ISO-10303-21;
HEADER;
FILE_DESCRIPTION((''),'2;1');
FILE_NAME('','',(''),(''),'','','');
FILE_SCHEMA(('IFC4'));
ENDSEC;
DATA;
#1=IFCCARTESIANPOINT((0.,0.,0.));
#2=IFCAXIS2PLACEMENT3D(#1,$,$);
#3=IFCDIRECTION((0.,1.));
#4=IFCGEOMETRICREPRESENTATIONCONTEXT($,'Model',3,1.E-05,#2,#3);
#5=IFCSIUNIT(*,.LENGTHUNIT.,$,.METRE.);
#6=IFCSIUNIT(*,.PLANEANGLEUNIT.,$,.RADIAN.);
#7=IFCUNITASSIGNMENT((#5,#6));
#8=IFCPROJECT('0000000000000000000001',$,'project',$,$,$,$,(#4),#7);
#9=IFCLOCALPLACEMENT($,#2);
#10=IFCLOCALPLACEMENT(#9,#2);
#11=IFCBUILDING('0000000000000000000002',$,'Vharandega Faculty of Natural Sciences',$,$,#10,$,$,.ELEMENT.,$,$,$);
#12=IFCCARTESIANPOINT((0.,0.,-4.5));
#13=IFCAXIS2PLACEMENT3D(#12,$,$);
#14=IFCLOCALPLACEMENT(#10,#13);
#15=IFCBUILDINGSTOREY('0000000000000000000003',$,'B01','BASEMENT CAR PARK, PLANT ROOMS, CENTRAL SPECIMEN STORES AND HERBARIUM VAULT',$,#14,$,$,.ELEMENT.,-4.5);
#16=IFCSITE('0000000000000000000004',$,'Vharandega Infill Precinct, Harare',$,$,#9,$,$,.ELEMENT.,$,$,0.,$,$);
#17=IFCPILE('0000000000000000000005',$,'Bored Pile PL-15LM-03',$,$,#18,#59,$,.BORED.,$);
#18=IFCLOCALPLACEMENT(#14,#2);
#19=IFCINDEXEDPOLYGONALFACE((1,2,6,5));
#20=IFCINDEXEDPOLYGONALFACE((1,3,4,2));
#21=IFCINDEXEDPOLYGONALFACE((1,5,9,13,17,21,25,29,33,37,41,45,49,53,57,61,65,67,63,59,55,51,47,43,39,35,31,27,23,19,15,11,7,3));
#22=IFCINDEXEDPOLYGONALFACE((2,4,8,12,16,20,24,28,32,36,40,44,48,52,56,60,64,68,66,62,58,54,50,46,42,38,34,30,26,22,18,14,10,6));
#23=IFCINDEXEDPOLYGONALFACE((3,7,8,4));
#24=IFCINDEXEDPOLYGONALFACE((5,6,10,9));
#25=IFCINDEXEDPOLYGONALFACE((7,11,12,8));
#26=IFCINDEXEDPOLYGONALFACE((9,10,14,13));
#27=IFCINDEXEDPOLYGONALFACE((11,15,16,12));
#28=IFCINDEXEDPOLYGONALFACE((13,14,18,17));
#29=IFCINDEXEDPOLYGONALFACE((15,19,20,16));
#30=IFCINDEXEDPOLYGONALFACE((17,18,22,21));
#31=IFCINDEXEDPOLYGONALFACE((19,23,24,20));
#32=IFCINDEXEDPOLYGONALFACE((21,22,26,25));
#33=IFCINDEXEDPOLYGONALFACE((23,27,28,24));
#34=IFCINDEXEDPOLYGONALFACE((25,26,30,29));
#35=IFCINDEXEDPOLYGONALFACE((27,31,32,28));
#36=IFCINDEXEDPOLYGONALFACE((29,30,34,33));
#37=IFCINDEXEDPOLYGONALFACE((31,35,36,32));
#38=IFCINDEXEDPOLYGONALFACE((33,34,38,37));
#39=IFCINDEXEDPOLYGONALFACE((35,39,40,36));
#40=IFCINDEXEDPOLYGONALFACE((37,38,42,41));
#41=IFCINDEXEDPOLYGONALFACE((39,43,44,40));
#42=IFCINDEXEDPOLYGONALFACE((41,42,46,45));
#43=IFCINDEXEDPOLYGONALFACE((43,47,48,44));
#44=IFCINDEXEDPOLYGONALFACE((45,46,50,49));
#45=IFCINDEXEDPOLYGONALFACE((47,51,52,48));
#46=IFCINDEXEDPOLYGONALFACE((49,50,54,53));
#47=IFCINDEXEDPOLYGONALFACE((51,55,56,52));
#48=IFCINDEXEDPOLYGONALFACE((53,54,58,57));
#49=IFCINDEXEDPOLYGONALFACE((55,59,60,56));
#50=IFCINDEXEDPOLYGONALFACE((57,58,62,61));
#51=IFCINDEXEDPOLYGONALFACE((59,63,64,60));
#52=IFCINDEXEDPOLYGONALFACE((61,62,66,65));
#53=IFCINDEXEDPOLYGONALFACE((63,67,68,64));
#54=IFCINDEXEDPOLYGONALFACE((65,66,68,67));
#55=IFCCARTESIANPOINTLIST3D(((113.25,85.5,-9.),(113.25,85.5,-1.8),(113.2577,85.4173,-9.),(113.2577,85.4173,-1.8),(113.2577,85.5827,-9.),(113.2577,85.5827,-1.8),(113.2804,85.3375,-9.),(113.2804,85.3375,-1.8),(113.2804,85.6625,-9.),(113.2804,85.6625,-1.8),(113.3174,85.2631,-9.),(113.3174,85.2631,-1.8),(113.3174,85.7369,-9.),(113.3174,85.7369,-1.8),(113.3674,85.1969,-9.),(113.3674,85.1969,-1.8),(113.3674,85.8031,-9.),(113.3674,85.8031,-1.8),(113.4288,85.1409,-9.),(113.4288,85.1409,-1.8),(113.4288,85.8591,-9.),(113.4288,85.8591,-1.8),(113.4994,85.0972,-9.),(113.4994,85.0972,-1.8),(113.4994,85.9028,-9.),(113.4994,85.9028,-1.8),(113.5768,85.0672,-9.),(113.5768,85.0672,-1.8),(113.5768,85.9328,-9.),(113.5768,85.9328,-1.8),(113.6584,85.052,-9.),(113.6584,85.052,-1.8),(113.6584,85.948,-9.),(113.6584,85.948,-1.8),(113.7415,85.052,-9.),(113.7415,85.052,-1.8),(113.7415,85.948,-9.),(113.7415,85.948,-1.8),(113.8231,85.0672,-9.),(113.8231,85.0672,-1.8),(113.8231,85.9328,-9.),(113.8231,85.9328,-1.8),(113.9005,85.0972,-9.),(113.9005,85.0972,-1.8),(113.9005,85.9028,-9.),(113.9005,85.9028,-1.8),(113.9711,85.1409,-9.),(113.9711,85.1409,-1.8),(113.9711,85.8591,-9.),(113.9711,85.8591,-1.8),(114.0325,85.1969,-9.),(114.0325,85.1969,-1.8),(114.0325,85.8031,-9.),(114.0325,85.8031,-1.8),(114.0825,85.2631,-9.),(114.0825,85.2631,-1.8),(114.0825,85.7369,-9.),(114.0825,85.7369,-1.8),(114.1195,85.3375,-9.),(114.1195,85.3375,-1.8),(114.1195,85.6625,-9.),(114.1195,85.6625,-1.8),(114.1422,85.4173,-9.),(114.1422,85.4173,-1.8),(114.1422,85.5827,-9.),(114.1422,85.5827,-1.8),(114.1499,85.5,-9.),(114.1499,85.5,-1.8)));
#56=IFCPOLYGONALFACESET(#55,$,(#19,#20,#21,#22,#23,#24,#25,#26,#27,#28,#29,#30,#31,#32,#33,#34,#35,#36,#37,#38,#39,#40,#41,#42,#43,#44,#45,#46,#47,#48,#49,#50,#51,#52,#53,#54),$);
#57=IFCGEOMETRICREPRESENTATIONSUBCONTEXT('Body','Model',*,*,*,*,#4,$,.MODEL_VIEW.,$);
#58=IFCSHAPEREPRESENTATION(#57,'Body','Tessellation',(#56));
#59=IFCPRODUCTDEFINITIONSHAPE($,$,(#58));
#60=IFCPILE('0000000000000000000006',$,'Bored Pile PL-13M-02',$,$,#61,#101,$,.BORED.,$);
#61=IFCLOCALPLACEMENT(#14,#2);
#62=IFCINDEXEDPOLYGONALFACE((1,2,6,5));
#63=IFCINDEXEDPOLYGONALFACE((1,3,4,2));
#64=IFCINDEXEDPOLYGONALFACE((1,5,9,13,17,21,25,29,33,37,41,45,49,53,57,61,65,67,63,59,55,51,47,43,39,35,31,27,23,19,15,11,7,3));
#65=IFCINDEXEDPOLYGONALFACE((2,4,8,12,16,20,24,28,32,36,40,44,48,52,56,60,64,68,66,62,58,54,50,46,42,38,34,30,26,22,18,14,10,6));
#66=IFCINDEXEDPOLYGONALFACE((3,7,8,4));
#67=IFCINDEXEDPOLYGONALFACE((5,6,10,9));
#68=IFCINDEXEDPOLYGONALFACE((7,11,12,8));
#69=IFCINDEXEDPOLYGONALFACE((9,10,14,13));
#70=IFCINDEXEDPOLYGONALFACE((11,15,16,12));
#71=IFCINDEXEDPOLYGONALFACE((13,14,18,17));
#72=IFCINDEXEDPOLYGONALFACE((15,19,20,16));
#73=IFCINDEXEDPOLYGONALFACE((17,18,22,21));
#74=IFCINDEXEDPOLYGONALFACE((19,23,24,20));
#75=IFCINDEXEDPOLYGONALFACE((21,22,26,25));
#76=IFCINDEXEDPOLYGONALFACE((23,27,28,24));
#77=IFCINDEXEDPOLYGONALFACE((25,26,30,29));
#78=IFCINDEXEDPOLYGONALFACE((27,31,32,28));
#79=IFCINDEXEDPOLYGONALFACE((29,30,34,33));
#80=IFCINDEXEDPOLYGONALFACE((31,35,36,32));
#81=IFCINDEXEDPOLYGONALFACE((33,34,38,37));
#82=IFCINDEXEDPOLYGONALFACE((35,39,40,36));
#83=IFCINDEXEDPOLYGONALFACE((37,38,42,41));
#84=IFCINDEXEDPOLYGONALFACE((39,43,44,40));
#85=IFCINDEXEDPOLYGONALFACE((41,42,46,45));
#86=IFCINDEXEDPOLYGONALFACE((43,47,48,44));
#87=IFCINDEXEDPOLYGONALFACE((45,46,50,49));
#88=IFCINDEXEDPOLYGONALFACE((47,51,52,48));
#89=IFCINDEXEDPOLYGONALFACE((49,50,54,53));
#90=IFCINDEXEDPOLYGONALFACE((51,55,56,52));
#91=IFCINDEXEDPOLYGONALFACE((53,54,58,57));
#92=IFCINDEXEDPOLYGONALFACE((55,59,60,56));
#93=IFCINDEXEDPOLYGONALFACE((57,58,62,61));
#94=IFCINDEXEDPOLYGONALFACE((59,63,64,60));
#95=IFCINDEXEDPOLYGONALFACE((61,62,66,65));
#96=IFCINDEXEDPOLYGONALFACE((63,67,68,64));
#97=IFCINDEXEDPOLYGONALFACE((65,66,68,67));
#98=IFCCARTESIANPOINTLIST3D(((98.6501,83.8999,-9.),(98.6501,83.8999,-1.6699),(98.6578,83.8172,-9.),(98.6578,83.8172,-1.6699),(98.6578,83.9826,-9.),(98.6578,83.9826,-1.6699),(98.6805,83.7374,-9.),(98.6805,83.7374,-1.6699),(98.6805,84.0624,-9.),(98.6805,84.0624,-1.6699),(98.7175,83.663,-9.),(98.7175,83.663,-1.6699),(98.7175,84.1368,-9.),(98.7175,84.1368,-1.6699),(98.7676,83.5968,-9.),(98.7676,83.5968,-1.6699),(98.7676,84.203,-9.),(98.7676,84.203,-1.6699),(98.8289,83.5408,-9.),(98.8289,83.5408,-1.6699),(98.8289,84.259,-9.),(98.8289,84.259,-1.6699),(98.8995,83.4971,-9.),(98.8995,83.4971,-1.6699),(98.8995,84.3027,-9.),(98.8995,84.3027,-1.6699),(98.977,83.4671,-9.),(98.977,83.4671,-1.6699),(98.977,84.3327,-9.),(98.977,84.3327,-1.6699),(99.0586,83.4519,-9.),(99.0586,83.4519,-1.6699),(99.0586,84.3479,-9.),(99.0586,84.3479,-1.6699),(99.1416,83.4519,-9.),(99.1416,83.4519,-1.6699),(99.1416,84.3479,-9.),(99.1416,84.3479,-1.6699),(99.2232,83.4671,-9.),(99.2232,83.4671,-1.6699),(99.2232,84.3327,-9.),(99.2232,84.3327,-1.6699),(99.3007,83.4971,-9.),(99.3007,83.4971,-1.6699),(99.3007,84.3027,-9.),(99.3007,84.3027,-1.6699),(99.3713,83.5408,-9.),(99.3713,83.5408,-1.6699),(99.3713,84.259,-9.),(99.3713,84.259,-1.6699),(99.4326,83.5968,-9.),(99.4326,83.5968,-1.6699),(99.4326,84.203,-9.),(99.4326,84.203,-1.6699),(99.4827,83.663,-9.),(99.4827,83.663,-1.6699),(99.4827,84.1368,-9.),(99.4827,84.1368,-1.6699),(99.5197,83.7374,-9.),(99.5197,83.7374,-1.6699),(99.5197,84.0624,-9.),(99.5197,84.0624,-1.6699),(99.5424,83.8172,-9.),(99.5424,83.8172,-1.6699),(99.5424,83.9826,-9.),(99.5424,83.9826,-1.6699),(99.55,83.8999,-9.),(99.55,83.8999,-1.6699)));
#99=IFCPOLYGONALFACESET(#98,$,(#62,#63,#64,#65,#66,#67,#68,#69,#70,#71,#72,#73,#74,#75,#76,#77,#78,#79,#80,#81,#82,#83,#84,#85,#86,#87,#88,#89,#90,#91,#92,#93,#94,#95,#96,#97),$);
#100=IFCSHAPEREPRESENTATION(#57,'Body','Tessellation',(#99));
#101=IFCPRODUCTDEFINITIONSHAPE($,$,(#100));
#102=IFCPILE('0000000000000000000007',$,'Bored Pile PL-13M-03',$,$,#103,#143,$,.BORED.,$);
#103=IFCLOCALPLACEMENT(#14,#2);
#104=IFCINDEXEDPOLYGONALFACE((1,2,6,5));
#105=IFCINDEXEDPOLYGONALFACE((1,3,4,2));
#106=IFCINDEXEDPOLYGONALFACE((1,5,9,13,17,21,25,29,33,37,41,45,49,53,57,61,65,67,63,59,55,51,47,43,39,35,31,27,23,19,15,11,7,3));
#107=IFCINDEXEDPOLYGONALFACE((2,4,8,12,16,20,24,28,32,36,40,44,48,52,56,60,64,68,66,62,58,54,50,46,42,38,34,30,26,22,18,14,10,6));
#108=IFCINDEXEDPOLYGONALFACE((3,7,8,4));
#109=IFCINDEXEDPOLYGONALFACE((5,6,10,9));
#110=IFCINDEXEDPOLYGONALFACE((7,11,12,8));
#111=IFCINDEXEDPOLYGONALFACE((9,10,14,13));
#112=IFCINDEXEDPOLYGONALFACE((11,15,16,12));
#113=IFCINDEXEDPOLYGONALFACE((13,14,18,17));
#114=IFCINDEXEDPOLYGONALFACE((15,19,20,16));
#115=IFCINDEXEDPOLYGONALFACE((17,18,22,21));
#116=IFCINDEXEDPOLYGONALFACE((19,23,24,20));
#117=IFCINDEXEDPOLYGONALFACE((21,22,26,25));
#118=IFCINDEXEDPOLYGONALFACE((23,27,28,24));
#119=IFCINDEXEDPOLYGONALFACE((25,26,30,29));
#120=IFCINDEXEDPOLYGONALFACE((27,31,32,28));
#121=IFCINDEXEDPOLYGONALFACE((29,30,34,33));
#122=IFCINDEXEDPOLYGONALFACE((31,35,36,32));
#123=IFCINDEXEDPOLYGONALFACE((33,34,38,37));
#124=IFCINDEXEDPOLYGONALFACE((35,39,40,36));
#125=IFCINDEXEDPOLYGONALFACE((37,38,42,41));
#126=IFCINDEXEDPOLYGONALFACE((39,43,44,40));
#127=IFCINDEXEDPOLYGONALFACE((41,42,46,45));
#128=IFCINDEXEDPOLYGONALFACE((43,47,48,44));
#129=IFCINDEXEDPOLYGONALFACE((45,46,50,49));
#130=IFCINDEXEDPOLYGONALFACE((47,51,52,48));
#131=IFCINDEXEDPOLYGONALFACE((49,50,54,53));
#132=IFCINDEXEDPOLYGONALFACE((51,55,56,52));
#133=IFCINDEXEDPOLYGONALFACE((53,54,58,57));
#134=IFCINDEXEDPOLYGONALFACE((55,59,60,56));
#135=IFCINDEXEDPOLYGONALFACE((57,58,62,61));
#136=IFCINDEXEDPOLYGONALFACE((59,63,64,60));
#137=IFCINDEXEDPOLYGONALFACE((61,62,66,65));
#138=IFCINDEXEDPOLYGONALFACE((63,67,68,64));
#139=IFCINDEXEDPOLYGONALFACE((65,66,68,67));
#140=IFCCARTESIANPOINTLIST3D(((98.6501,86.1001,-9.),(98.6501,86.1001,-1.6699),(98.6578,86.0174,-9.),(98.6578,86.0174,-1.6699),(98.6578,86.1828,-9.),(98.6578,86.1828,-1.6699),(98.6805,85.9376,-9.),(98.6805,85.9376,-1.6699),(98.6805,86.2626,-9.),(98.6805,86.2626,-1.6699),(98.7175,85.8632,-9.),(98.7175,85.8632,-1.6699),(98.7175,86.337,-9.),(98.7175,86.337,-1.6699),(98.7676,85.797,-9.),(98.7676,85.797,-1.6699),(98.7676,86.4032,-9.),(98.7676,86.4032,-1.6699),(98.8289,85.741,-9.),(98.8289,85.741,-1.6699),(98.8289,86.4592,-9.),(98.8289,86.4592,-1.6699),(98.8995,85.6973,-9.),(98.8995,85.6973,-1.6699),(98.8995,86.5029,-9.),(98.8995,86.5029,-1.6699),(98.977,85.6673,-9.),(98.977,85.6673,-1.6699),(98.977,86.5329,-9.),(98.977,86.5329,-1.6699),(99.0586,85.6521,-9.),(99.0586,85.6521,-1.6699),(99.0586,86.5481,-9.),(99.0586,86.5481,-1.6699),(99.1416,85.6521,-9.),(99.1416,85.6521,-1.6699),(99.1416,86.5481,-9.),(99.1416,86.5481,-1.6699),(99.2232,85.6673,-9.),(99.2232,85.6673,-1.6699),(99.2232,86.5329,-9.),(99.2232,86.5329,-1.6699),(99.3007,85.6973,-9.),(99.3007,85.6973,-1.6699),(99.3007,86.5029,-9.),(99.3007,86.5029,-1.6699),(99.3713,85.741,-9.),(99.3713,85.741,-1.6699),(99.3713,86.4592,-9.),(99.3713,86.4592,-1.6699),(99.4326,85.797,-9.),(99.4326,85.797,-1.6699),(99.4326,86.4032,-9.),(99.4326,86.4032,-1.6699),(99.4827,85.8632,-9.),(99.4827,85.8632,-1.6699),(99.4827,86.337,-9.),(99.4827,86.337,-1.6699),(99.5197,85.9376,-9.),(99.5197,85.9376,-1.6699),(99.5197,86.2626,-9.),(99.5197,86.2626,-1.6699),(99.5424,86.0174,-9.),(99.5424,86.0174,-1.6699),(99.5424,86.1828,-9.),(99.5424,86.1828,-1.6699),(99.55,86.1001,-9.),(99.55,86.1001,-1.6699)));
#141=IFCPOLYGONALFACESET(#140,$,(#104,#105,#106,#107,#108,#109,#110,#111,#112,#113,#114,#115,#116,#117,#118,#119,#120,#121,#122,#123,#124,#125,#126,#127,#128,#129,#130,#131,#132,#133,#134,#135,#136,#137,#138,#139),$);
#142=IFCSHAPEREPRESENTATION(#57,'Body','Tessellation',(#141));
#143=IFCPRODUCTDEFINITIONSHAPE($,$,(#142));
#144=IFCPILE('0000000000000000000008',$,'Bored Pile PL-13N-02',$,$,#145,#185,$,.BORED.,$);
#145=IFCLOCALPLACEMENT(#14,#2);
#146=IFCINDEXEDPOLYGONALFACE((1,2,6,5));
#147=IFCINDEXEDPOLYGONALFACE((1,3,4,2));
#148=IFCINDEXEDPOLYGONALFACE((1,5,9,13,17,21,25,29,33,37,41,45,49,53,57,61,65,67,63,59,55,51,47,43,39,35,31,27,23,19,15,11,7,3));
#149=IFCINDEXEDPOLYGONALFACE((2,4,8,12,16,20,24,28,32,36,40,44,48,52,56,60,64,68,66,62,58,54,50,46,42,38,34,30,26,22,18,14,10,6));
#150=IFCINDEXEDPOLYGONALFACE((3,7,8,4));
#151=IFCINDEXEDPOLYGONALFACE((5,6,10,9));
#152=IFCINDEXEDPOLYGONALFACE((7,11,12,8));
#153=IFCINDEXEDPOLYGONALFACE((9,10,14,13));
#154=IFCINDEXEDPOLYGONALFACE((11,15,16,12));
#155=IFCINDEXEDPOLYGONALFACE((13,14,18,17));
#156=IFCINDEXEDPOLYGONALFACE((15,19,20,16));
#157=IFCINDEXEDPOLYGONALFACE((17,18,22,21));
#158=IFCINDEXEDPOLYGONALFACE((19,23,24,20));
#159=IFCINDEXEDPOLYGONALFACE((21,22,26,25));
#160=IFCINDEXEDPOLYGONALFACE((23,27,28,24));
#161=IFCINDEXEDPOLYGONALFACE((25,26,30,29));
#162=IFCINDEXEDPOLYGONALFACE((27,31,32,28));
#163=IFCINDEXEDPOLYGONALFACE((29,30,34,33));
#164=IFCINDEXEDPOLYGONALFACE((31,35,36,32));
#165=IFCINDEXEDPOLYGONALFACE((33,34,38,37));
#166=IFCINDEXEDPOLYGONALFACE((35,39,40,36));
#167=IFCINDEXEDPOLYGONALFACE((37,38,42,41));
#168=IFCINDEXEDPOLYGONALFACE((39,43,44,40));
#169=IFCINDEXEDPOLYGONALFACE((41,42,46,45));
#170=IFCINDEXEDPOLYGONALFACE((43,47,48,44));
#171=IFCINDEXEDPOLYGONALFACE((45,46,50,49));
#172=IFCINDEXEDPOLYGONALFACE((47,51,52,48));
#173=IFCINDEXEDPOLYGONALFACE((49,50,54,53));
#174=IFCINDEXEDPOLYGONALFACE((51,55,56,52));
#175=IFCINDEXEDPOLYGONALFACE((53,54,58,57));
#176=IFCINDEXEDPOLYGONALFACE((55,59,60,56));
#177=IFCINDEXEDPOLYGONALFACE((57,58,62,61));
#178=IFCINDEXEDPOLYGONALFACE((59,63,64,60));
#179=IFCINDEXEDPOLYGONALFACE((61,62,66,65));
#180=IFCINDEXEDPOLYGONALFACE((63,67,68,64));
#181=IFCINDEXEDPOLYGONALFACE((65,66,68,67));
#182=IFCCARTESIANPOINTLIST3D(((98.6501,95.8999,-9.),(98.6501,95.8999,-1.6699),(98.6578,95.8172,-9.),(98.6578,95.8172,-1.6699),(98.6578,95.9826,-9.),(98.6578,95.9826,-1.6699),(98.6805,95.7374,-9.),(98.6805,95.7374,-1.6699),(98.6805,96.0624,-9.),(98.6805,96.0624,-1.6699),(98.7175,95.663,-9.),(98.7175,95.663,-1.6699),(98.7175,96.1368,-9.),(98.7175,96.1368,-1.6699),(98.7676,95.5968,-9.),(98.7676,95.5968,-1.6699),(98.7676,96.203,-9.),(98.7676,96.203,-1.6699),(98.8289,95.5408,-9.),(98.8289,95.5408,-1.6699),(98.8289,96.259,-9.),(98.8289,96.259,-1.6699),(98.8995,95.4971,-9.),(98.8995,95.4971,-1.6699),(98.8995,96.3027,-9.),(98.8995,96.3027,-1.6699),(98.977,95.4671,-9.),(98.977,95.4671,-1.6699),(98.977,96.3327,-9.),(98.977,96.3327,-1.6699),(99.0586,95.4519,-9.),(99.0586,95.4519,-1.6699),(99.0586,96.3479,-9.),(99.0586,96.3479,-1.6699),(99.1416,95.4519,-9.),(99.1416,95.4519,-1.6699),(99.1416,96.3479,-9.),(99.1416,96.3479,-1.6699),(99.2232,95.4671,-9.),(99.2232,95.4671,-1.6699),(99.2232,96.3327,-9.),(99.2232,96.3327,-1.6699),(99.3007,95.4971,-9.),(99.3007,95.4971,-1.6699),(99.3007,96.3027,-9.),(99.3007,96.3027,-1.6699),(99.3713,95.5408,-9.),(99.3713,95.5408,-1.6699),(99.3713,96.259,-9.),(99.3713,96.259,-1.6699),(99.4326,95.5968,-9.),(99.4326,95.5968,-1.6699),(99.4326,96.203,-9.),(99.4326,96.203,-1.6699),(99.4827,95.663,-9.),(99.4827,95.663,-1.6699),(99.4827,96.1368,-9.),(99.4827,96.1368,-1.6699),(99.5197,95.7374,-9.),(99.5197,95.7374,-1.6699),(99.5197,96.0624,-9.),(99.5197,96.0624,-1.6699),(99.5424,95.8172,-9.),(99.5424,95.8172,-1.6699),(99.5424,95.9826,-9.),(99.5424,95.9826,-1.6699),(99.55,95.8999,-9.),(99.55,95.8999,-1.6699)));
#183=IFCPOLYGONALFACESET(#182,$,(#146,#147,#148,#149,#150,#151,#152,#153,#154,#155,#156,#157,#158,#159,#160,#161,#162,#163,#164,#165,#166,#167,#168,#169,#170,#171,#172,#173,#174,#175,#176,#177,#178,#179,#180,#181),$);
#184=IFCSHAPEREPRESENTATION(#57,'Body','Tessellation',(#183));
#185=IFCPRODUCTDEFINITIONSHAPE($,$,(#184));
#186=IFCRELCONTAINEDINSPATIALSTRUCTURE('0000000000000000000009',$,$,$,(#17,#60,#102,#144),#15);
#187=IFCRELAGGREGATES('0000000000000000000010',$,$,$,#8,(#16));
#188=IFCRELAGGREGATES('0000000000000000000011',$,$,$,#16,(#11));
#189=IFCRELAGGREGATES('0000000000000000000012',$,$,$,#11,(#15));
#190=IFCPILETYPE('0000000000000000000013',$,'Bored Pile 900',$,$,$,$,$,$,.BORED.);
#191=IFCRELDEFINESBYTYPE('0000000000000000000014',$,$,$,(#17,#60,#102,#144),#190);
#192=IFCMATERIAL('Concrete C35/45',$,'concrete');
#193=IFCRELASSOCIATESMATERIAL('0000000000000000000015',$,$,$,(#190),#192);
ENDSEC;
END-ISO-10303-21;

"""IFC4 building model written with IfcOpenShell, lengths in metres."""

from ifc_helpers import new_model, si_unit, direction, frame, origin, origin_2d, place, context, subcontext, project, spatial, circle, extrude, material, material_profile, profile_set, type_object, element, save


model = new_model("IFC4")

# Units and contexts
model_context = context("Model", 3, precision=1e-05, world=origin(), true_north=direction((0.0, 1.0)))
body_context = subcontext(model_context, "Body", "Model", "MODEL_VIEW")
ifc_project = project(units=[si_unit("LENGTHUNIT", "METRE"), si_unit("PLANEANGLEUNIT", "RADIAN")], contexts=[model_context])

# Site, building, storey
site_placement = place(None, origin())
site = spatial("IfcSite", under=ifc_project, at=site_placement, Name="Vharandega Infill Precinct, Harare", CompositionType="ELEMENT", RefElevation=0.0)
building_placement = place(site_placement, origin())
building = spatial("IfcBuilding", under=site, at=building_placement, Name="Vharandega Faculty of Natural Sciences", CompositionType="ELEMENT")
storey_placement = place(building_placement, frame((0.0, 0.0, -4.5)))
storey = spatial("IfcBuildingStorey", under=building, at=storey_placement, Name="B01", Description="BASEMENT CAR PARK, PLANT ROOMS, CENTRAL SPECIMEN STORES AND HERBARIUM VAULT", CompositionType="ELEMENT", Elevation=-4.5)

# Piles
ifc_material_1 = material(Name="Concrete C35/45", Category="concrete")
ifc_material_profile_1 = material_profile(ifc_material_1, circle(Radius=0.45, at=origin_2d()), Name="PILE 900")
ifc_profile_set_1 = profile_set([ifc_material_profile_1], Name="Concrete C35/45")
pile_type = type_object("IfcPileType", Name="Bored Pile 900", PredefinedType="BORED", material=ifc_profile_set_1)
pile_placement = place(storey_placement, frame((113.7, 85.5, -1.8), z_axis=(0.0, 0.0, -1.0), x_axis=(1.0, 0.0, 0.0)))
element("IfcPile", 1, at=pile_placement, inside=storey, type_object=pile_type, Name="Bored Pile PL-15LM-03", PredefinedType="BORED", context=body_context, shape_type="SweptSolid", body=[
    extrude(circle(Radius=0.45, at=origin_2d()), origin(), (0.0, 0.0, 1.0), 7.2),
])
for number, where, z_axis, x_axis, name in (
    (2, (99.1001, 83.8999, -1.6699), (0.0, 0.0, -1.0), (1.0, 0.0, 0.0), "Bored Pile PL-13M-02"),
    (3, (99.1001, 86.1001, -1.6699), (0.0, 0.0, -1.0), (1.0, 0.0, 0.0), "Bored Pile PL-13M-03"),
    (4, (99.1001, 95.8999, -1.6699), (0.0, 0.0, -1.0), (1.0, 0.0, 0.0), "Bored Pile PL-13N-02"),
):
    element("IfcPile", number, at=place(storey_placement, frame(where, z_axis=z_axis, x_axis=x_axis)), inside=storey, type_object=pile_type, Name=name, PredefinedType="BORED", context=body_context, shape_type="SweptSolid", body=[
        extrude(circle(Radius=0.45, at=origin_2d()), origin(), (0.0, 0.0, 1.0), 7.3301),
    ])

save(model, "model.ifc")
